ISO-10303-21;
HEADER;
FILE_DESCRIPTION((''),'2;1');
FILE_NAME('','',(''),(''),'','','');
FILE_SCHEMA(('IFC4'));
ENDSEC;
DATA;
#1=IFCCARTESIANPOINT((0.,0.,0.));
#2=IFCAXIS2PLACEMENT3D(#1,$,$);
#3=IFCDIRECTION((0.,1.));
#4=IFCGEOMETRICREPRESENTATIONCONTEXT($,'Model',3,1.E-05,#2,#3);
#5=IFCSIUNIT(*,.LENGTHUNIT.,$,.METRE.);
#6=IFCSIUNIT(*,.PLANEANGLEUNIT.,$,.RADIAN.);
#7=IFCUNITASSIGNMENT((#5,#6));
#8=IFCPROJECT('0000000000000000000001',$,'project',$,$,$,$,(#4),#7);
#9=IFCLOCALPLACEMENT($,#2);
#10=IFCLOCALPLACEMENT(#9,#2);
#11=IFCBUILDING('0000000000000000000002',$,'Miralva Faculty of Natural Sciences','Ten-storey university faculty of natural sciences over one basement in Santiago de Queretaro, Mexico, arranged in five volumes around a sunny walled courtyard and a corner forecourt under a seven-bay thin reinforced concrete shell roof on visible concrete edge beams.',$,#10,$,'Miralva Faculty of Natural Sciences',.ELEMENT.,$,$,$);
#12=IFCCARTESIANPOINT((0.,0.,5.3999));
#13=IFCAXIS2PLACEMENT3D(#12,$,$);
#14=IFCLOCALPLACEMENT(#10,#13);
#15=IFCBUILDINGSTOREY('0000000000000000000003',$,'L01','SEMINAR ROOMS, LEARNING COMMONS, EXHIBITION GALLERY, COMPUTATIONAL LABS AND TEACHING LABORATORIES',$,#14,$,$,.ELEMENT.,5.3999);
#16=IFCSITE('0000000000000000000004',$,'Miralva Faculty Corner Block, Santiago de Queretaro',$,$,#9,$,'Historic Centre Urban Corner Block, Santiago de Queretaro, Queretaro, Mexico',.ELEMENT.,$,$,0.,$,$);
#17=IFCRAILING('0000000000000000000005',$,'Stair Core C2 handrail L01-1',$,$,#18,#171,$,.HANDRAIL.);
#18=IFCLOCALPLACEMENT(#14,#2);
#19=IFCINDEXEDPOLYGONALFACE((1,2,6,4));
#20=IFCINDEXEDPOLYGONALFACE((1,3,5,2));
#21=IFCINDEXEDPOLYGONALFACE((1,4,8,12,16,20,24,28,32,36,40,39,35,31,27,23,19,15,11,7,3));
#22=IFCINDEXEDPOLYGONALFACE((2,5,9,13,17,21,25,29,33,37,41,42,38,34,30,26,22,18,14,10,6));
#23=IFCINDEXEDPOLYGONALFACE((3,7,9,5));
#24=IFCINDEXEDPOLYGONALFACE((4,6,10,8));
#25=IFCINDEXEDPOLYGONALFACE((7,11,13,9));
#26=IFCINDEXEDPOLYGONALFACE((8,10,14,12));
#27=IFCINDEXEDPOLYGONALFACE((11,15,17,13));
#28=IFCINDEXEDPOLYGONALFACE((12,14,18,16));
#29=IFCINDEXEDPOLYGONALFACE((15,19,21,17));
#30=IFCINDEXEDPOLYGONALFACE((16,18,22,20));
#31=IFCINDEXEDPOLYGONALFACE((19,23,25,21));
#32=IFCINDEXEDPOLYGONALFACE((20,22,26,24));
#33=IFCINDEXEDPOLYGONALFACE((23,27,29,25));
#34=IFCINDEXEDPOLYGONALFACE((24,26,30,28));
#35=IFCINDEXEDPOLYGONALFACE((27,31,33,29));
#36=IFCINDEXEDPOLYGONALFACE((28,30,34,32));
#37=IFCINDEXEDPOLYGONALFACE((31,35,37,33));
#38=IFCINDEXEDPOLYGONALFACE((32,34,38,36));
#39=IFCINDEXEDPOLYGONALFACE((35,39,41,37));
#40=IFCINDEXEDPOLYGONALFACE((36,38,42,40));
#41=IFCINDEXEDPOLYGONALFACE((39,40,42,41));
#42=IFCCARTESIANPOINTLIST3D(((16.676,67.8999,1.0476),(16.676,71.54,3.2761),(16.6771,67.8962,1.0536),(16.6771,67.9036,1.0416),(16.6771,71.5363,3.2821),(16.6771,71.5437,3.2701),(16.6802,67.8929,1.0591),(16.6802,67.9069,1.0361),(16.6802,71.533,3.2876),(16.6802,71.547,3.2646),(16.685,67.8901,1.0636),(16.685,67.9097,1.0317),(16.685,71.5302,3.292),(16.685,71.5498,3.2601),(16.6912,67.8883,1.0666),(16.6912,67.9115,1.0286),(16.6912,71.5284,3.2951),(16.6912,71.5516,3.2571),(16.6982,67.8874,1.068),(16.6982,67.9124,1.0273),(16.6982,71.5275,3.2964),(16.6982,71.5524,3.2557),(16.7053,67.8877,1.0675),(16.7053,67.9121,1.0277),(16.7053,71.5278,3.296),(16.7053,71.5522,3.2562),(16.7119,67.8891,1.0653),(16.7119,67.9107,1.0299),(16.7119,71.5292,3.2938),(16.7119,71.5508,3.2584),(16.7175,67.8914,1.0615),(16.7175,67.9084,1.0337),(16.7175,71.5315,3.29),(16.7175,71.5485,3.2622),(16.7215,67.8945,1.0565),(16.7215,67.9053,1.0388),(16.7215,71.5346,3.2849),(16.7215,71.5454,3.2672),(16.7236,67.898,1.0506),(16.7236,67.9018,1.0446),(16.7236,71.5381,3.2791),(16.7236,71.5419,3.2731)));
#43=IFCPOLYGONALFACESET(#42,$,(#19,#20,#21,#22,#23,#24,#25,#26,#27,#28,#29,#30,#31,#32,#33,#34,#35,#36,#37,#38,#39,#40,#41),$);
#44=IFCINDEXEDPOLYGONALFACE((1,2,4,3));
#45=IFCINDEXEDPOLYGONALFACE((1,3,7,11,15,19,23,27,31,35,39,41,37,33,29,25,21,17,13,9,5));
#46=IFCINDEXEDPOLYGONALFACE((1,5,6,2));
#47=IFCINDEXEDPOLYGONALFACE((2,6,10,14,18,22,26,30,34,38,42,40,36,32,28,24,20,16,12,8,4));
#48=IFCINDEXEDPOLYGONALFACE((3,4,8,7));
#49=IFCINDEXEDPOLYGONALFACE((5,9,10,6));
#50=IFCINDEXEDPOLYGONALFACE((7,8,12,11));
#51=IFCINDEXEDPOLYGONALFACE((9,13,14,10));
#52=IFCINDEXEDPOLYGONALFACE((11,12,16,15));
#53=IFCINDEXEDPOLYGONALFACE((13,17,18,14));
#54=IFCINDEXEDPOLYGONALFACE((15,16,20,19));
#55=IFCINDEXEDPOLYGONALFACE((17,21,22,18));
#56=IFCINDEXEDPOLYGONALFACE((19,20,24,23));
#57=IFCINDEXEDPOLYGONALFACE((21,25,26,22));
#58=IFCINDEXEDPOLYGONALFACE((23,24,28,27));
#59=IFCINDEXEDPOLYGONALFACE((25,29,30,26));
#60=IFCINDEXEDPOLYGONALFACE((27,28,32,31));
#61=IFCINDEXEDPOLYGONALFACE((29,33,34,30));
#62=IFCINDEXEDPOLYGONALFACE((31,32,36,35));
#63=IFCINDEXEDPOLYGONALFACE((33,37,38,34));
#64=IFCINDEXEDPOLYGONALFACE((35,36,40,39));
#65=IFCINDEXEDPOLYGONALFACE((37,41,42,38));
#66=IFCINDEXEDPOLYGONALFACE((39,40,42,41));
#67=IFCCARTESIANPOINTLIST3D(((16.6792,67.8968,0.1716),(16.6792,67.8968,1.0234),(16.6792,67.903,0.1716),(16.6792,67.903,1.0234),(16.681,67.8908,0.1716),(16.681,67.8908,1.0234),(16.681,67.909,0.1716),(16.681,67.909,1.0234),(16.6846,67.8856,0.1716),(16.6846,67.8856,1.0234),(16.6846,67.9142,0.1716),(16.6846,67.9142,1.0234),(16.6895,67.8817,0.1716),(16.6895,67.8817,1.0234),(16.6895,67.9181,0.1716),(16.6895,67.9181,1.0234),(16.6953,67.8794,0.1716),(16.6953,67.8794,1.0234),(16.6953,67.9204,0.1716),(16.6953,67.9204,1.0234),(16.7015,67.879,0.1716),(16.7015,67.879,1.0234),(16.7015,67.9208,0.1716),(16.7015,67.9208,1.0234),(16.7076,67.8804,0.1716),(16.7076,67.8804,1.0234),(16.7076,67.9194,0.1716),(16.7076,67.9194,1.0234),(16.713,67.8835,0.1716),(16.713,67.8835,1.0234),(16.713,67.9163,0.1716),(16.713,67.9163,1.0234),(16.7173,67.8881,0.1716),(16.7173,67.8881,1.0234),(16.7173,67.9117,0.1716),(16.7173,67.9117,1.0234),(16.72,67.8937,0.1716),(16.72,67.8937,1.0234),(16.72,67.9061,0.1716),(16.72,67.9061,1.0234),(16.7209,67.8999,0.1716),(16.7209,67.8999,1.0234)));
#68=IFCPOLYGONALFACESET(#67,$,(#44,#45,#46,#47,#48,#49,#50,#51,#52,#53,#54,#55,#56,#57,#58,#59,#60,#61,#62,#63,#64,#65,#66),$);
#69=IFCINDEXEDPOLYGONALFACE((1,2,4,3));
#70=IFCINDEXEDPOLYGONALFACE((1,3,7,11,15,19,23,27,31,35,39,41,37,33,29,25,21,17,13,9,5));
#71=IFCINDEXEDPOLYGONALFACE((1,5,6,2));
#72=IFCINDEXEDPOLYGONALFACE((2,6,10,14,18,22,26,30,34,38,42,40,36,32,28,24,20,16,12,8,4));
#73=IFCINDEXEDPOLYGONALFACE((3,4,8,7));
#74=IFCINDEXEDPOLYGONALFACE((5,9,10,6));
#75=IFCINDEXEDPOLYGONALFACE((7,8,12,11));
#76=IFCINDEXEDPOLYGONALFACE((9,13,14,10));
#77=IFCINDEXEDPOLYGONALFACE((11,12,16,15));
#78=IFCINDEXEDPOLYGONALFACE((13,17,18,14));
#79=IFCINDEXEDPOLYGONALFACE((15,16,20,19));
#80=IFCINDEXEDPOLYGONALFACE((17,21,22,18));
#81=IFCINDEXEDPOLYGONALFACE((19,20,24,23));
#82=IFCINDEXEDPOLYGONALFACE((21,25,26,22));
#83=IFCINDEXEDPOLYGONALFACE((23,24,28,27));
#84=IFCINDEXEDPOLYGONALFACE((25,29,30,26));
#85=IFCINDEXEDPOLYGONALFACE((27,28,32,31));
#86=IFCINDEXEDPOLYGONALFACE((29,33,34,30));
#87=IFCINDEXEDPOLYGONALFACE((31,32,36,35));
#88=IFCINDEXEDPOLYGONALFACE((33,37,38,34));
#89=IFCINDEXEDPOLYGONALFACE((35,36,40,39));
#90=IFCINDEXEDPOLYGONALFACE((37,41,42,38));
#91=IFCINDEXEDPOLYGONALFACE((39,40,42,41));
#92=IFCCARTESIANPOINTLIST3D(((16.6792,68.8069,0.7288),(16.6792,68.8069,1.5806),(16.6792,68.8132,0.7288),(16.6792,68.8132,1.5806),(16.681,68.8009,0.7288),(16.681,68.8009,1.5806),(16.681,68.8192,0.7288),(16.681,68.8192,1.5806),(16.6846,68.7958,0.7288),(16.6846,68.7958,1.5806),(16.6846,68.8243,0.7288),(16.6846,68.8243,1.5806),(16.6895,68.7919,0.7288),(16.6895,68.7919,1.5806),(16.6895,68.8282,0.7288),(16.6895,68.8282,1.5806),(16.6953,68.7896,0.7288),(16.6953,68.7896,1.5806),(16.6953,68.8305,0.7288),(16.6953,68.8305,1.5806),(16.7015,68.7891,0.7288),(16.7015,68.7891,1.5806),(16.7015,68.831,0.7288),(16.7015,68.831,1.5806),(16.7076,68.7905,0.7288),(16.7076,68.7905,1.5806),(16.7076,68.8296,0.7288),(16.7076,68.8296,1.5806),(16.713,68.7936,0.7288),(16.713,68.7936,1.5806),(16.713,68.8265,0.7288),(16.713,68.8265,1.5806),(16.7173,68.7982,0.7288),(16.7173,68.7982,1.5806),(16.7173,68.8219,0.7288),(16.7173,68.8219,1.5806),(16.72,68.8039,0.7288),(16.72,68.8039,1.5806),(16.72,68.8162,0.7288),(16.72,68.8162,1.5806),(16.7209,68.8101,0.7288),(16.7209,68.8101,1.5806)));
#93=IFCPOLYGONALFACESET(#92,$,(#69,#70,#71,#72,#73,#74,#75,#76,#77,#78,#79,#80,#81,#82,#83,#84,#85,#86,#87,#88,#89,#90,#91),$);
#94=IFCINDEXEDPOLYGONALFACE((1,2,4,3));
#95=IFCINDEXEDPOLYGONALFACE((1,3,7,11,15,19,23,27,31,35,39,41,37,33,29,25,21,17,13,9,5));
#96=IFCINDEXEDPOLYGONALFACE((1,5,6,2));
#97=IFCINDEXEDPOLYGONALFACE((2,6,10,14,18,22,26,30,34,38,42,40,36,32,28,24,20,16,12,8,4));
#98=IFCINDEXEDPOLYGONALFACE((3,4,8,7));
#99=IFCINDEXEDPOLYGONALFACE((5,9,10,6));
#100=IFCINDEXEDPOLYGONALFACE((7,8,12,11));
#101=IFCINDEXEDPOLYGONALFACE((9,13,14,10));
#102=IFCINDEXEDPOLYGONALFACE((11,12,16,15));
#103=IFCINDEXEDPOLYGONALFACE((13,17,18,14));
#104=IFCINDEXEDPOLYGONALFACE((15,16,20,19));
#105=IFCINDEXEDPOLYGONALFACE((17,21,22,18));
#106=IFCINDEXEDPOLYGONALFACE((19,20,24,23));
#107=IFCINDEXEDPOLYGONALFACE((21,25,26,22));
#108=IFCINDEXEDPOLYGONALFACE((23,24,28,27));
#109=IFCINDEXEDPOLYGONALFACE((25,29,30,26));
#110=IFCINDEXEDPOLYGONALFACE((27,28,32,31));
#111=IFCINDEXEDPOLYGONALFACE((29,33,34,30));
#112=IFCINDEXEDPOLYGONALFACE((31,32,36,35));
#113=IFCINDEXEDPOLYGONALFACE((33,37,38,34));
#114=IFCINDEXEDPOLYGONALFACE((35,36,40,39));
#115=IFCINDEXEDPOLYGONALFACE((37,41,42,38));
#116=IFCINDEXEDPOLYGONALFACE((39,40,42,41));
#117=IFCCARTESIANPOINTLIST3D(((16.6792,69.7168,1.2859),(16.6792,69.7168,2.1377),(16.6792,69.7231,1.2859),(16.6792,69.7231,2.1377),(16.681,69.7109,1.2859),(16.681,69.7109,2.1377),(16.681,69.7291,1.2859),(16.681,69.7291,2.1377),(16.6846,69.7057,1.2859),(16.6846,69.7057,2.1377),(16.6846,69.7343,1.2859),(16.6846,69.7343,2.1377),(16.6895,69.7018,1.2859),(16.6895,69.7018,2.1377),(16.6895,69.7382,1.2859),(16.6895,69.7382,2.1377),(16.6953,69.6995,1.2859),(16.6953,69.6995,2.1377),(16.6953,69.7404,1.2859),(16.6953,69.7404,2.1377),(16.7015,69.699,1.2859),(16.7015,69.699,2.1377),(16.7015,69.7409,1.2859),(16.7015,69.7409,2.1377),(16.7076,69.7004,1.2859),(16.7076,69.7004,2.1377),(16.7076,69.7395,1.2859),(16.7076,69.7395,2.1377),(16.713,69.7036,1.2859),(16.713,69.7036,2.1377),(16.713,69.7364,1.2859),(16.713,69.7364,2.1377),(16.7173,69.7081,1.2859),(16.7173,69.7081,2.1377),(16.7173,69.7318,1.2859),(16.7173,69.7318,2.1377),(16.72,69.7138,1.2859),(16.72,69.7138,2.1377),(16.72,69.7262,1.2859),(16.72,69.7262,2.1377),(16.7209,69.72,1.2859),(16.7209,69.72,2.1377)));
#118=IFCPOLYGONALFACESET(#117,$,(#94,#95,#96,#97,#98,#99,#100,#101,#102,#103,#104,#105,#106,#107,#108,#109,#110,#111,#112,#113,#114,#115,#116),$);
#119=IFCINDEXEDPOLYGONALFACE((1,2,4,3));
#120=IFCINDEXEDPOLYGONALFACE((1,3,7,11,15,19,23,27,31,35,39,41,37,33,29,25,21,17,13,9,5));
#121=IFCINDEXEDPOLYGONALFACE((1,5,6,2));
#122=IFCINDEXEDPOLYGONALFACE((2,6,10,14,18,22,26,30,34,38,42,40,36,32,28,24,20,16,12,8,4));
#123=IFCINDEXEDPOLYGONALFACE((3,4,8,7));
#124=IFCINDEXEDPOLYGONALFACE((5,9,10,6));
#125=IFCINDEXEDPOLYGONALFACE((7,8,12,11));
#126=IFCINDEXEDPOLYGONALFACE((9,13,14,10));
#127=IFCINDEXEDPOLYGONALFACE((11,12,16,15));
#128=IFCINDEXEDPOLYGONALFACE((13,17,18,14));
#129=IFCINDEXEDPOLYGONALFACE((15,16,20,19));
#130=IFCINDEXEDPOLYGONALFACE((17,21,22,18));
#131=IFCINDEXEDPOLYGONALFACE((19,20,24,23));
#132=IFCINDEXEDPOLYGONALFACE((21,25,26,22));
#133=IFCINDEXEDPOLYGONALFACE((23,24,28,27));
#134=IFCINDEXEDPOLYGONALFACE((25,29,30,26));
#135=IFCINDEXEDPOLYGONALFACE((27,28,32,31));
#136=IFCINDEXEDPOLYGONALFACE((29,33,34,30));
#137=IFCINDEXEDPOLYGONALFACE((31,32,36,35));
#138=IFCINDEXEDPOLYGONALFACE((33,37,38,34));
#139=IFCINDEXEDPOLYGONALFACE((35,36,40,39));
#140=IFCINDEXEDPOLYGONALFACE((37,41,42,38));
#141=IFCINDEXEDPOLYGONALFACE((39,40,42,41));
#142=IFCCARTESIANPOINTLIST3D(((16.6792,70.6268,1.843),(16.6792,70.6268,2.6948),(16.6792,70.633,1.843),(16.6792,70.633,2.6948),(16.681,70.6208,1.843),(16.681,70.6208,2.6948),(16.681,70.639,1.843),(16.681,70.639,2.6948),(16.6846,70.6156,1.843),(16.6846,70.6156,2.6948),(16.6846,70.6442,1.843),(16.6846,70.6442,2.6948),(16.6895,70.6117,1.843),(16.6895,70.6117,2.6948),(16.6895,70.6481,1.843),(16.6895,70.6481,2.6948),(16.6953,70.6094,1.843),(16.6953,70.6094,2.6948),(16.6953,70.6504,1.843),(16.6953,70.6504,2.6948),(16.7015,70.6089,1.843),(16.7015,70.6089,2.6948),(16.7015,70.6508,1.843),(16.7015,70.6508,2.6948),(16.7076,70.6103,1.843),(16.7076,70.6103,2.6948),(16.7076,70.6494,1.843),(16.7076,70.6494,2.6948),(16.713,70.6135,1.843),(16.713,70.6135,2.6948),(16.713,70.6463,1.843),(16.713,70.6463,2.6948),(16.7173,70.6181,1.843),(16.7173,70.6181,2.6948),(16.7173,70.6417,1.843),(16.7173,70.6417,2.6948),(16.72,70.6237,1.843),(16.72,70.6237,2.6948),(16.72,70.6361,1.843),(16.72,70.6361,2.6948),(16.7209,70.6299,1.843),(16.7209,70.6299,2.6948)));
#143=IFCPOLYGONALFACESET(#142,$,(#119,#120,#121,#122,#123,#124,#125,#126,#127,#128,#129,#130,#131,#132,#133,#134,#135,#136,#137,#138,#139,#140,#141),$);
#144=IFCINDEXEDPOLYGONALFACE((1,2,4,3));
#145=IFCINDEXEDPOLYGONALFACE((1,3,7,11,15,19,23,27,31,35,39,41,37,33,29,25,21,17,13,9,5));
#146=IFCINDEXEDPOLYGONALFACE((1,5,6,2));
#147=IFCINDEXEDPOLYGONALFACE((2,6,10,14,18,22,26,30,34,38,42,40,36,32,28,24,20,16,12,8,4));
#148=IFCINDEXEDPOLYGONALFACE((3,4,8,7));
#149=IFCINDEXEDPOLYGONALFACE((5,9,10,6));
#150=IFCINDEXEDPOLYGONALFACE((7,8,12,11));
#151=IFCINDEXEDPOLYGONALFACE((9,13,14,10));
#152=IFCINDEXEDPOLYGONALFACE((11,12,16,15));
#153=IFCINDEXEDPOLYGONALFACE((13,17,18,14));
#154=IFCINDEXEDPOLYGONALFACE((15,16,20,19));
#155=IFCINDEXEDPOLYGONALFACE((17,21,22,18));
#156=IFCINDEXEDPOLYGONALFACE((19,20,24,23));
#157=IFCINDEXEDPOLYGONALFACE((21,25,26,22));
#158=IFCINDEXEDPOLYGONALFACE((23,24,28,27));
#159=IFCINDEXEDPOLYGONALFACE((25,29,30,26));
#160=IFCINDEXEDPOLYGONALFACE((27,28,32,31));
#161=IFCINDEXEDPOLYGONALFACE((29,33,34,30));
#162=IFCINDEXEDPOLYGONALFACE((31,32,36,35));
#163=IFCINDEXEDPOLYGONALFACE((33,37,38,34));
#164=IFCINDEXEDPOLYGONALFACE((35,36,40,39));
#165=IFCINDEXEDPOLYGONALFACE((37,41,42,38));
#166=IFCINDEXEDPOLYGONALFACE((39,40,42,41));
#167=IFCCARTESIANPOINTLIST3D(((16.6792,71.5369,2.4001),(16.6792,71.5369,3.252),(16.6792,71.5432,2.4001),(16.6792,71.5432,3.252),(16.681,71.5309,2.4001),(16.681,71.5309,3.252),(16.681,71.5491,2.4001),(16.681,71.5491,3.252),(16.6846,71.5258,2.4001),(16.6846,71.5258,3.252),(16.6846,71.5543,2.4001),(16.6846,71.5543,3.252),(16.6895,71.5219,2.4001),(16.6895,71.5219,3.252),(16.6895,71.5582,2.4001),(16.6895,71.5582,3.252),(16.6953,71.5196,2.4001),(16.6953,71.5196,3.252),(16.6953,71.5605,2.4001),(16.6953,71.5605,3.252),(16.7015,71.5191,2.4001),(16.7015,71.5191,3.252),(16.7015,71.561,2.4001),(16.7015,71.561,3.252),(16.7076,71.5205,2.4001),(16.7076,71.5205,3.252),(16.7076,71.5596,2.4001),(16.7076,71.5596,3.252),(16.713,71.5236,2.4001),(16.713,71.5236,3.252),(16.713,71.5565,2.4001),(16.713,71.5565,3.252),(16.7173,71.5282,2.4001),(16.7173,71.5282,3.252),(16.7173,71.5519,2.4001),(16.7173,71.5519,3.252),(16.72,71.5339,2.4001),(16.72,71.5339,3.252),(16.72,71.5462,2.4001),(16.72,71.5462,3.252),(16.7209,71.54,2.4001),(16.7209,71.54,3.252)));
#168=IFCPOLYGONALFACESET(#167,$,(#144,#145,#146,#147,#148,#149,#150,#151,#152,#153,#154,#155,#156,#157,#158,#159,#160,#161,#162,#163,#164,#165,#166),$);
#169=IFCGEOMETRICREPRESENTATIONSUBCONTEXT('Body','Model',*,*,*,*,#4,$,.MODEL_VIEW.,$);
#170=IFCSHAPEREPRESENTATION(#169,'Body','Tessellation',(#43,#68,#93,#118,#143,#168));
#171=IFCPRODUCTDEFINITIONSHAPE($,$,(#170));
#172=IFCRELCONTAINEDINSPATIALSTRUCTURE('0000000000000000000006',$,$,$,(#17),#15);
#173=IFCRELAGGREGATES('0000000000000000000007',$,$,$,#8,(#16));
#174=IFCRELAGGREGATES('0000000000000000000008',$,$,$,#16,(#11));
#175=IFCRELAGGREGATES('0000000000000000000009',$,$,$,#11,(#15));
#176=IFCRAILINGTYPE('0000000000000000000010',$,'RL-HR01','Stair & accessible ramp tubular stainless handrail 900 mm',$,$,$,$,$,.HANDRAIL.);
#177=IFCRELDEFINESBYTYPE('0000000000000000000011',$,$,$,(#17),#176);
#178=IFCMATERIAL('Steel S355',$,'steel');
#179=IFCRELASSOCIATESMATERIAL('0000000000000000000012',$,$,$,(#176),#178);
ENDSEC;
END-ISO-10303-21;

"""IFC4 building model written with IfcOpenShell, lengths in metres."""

from ifc_helpers import new_model, si_unit, direction, frame, origin, origin_2d, place, context, subcontext, project, spatial, circle, extrude, material, type_object, element, save


model = new_model("IFC4")

# Units and contexts
model_context = context("Model", 3, precision=1e-05, world=origin(), true_north=direction((0.0, 1.0)))
body_context = subcontext(model_context, "Body", "Model", "MODEL_VIEW")
ifc_project = project(units=[si_unit("LENGTHUNIT", "METRE"), si_unit("PLANEANGLEUNIT", "RADIAN")], contexts=[model_context])

# Site, building, storey
site_placement = place(None, origin())
site = spatial("IfcSite", under=ifc_project, at=site_placement, Name="Miralva Faculty Corner Block, Santiago de Queretaro", LongName="Historic Centre Urban Corner Block, Santiago de Queretaro, Queretaro, Mexico", CompositionType="ELEMENT", RefElevation=0.0)
building_placement = place(site_placement, origin())
building = spatial("IfcBuilding", under=site, at=building_placement, Name="Miralva Faculty of Natural Sciences", Description="Ten-storey university faculty of natural sciences over one basement in Santiago de Queretaro, Mexico, arranged in five volumes around a sunny walled courtyard and a corner forecourt under a seven-bay thin reinforced concrete shell roof on visible concrete edge beams.", LongName="Miralva Faculty of Natural Sciences", CompositionType="ELEMENT")
storey_placement = place(building_placement, frame((0.0, 0.0, 5.3999)))
storey = spatial("IfcBuildingStorey", under=building, at=storey_placement, Name="L01", Description="SEMINAR ROOMS, LEARNING COMMONS, EXHIBITION GALLERY, COMPUTATIONAL LABS AND TEACHING LABORATORIES", CompositionType="ELEMENT", Elevation=5.3999)

# Railing
ifc_material_1 = material(Name="Steel S355", Category="steel")
railing_type_1 = type_object("IfcRailingType", Name="RL-HR01", Description="Stair & accessible ramp tubular stainless handrail 900 mm", PredefinedType="HANDRAIL", material=ifc_material_1)
railing_1_placement = place(storey_placement, frame((16.7, 67.8999, 0.1716)))
element("IfcRailing", 1, at=railing_1_placement, inside=storey, type_object=railing_type_1, Name="Stair Core C2 handrail L01-1", PredefinedType="HANDRAIL", context=body_context, shape_type="SweptSolid", body=[
    extrude(circle(Radius=0.0239, at=origin_2d()), frame((0.0, 0.0, 0.876), z_axis=(0.0, 0.852866, 0.52213), x_axis=(-1.0, 0.0, 0.0)), (0.0, 0.0, 1.0), 4.2681),
    extrude(circle(Radius=0.021, at=origin_2d()), origin(), (0.0, 0.0, 1.0), 0.8518),
    extrude(circle(Radius=0.021, at=origin_2d()), frame((0.0, 0.9102, 0.5571)), (0.0, 0.0, 1.0), 0.8518),
    extrude(circle(Radius=0.021, at=origin_2d()), frame((0.0, 1.8201, 1.1143)), (0.0, 0.0, 1.0), 0.8518),
    extrude(circle(Radius=0.021, at=origin_2d()), frame((0.0, 2.73, 1.6714)), (0.0, 0.0, 1.0), 0.8518),
    extrude(circle(Radius=0.021, at=origin_2d()), frame((0.0, 3.6401, 2.2285)), (0.0, 0.0, 1.0), 0.8518),
])

save(model, "model.ifc")
